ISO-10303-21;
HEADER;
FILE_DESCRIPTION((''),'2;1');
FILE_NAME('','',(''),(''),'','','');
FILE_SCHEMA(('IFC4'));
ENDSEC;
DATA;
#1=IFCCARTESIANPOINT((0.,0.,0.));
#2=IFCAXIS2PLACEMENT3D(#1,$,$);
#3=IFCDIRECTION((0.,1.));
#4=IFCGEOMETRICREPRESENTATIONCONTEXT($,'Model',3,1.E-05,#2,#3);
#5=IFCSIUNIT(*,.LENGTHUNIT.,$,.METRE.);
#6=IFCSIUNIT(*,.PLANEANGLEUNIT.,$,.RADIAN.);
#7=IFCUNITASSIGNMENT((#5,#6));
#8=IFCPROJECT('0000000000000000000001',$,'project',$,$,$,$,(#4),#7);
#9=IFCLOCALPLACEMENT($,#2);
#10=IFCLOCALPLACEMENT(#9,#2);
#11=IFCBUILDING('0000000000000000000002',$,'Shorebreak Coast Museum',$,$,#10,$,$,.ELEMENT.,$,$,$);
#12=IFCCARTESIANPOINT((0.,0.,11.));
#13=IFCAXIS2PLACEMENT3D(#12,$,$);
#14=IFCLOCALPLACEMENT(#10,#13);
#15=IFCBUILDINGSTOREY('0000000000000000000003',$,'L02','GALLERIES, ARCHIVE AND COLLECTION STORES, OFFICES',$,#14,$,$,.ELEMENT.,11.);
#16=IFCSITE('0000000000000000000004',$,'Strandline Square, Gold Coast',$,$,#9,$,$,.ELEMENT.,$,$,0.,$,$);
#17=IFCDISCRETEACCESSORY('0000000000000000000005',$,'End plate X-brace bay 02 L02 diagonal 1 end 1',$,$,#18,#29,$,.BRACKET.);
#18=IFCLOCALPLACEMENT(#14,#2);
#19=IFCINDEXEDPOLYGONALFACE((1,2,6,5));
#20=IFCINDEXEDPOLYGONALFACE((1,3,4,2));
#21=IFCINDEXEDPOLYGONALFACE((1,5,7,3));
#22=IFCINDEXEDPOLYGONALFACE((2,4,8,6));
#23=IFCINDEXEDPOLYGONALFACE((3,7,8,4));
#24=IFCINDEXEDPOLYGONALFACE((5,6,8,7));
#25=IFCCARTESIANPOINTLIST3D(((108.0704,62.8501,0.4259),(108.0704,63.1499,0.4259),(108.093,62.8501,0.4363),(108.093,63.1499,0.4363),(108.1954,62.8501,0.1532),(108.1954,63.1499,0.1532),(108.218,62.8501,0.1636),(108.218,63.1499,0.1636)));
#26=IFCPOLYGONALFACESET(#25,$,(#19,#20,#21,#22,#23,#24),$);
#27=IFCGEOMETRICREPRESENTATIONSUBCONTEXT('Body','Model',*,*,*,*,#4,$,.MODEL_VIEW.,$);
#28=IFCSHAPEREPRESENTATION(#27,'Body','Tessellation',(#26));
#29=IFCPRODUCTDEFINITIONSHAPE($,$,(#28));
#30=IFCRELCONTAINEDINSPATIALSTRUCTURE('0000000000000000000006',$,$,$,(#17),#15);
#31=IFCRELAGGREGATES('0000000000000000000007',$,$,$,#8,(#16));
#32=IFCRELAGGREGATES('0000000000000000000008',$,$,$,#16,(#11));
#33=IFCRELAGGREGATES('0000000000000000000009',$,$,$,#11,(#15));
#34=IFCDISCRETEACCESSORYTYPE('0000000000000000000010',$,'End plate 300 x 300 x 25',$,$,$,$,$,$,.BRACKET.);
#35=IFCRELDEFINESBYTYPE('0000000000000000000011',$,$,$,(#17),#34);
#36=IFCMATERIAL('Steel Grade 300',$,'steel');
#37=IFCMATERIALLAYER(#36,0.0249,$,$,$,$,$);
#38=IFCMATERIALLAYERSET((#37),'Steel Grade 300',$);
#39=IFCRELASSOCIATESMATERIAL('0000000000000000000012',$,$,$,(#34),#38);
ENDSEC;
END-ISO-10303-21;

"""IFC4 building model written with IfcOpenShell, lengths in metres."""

from ifc_helpers import new_model, si_unit, direction, frame, origin, place, context, subcontext, project, spatial, polyline, outline, extrude, material, layer, layer_set, type_object, element, save


model = new_model("IFC4")

# Units and contexts
model_context = context("Model", 3, precision=1e-05, world=origin(), true_north=direction((0.0, 1.0)))
body_context = subcontext(model_context, "Body", "Model", "MODEL_VIEW")
ifc_project = project(units=[si_unit("LENGTHUNIT", "METRE"), si_unit("PLANEANGLEUNIT", "RADIAN")], contexts=[model_context])

# Site, building, storey
site_placement = place(None, origin())
site = spatial("IfcSite", under=ifc_project, at=site_placement, Name="Strandline Square, Gold Coast", CompositionType="ELEMENT", RefElevation=0.0)
building_placement = place(site_placement, origin())
building = spatial("IfcBuilding", under=site, at=building_placement, Name="Shorebreak Coast Museum", CompositionType="ELEMENT")
storey_placement = place(building_placement, frame((0.0, 0.0, 11.0)))
storey = spatial("IfcBuildingStorey", under=building, at=storey_placement, Name="L02", Description="GALLERIES, ARCHIVE AND COLLECTION STORES, OFFICES", CompositionType="ELEMENT", Elevation=11.0)

# Discrete accessory
ifc_material_1 = material(Name="Steel Grade 300", Category="steel")
ifc_layer_1 = layer(ifc_material_1, 0.0249)
ifc_layer_set_1 = layer_set([ifc_layer_1], Name="Steel Grade 300")
discrete_accessory_type = type_object("IfcDiscreteAccessoryType", Name="End plate 300 x 300 x 25", PredefinedType="BRACKET", material=ifc_layer_set_1)
discrete_accessory_placement = place(storey_placement, frame((108.218, 62.8501, 0.1636), z_axis=(0.909052, 0.0, 0.416683), x_axis=(0.0, 1.0, 0.0)))
element("IfcDiscreteAccessory", 1, at=discrete_accessory_placement, inside=storey, type_object=discrete_accessory_type, Name="End plate X-brace bay 02 L02 diagonal 1 end 1", PredefinedType="BRACKET", context=body_context, shape_type="SweptSolid", body=[
    extrude(outline(polyline([(0.0, 0.0), (0.2998, 0.0), (0.2998, 0.3), (0.0, 0.3), (0.0, 0.0)])), origin(), (0.0, 0.0, -1.0), 0.0249),
])

save(model, "model.ifc")
